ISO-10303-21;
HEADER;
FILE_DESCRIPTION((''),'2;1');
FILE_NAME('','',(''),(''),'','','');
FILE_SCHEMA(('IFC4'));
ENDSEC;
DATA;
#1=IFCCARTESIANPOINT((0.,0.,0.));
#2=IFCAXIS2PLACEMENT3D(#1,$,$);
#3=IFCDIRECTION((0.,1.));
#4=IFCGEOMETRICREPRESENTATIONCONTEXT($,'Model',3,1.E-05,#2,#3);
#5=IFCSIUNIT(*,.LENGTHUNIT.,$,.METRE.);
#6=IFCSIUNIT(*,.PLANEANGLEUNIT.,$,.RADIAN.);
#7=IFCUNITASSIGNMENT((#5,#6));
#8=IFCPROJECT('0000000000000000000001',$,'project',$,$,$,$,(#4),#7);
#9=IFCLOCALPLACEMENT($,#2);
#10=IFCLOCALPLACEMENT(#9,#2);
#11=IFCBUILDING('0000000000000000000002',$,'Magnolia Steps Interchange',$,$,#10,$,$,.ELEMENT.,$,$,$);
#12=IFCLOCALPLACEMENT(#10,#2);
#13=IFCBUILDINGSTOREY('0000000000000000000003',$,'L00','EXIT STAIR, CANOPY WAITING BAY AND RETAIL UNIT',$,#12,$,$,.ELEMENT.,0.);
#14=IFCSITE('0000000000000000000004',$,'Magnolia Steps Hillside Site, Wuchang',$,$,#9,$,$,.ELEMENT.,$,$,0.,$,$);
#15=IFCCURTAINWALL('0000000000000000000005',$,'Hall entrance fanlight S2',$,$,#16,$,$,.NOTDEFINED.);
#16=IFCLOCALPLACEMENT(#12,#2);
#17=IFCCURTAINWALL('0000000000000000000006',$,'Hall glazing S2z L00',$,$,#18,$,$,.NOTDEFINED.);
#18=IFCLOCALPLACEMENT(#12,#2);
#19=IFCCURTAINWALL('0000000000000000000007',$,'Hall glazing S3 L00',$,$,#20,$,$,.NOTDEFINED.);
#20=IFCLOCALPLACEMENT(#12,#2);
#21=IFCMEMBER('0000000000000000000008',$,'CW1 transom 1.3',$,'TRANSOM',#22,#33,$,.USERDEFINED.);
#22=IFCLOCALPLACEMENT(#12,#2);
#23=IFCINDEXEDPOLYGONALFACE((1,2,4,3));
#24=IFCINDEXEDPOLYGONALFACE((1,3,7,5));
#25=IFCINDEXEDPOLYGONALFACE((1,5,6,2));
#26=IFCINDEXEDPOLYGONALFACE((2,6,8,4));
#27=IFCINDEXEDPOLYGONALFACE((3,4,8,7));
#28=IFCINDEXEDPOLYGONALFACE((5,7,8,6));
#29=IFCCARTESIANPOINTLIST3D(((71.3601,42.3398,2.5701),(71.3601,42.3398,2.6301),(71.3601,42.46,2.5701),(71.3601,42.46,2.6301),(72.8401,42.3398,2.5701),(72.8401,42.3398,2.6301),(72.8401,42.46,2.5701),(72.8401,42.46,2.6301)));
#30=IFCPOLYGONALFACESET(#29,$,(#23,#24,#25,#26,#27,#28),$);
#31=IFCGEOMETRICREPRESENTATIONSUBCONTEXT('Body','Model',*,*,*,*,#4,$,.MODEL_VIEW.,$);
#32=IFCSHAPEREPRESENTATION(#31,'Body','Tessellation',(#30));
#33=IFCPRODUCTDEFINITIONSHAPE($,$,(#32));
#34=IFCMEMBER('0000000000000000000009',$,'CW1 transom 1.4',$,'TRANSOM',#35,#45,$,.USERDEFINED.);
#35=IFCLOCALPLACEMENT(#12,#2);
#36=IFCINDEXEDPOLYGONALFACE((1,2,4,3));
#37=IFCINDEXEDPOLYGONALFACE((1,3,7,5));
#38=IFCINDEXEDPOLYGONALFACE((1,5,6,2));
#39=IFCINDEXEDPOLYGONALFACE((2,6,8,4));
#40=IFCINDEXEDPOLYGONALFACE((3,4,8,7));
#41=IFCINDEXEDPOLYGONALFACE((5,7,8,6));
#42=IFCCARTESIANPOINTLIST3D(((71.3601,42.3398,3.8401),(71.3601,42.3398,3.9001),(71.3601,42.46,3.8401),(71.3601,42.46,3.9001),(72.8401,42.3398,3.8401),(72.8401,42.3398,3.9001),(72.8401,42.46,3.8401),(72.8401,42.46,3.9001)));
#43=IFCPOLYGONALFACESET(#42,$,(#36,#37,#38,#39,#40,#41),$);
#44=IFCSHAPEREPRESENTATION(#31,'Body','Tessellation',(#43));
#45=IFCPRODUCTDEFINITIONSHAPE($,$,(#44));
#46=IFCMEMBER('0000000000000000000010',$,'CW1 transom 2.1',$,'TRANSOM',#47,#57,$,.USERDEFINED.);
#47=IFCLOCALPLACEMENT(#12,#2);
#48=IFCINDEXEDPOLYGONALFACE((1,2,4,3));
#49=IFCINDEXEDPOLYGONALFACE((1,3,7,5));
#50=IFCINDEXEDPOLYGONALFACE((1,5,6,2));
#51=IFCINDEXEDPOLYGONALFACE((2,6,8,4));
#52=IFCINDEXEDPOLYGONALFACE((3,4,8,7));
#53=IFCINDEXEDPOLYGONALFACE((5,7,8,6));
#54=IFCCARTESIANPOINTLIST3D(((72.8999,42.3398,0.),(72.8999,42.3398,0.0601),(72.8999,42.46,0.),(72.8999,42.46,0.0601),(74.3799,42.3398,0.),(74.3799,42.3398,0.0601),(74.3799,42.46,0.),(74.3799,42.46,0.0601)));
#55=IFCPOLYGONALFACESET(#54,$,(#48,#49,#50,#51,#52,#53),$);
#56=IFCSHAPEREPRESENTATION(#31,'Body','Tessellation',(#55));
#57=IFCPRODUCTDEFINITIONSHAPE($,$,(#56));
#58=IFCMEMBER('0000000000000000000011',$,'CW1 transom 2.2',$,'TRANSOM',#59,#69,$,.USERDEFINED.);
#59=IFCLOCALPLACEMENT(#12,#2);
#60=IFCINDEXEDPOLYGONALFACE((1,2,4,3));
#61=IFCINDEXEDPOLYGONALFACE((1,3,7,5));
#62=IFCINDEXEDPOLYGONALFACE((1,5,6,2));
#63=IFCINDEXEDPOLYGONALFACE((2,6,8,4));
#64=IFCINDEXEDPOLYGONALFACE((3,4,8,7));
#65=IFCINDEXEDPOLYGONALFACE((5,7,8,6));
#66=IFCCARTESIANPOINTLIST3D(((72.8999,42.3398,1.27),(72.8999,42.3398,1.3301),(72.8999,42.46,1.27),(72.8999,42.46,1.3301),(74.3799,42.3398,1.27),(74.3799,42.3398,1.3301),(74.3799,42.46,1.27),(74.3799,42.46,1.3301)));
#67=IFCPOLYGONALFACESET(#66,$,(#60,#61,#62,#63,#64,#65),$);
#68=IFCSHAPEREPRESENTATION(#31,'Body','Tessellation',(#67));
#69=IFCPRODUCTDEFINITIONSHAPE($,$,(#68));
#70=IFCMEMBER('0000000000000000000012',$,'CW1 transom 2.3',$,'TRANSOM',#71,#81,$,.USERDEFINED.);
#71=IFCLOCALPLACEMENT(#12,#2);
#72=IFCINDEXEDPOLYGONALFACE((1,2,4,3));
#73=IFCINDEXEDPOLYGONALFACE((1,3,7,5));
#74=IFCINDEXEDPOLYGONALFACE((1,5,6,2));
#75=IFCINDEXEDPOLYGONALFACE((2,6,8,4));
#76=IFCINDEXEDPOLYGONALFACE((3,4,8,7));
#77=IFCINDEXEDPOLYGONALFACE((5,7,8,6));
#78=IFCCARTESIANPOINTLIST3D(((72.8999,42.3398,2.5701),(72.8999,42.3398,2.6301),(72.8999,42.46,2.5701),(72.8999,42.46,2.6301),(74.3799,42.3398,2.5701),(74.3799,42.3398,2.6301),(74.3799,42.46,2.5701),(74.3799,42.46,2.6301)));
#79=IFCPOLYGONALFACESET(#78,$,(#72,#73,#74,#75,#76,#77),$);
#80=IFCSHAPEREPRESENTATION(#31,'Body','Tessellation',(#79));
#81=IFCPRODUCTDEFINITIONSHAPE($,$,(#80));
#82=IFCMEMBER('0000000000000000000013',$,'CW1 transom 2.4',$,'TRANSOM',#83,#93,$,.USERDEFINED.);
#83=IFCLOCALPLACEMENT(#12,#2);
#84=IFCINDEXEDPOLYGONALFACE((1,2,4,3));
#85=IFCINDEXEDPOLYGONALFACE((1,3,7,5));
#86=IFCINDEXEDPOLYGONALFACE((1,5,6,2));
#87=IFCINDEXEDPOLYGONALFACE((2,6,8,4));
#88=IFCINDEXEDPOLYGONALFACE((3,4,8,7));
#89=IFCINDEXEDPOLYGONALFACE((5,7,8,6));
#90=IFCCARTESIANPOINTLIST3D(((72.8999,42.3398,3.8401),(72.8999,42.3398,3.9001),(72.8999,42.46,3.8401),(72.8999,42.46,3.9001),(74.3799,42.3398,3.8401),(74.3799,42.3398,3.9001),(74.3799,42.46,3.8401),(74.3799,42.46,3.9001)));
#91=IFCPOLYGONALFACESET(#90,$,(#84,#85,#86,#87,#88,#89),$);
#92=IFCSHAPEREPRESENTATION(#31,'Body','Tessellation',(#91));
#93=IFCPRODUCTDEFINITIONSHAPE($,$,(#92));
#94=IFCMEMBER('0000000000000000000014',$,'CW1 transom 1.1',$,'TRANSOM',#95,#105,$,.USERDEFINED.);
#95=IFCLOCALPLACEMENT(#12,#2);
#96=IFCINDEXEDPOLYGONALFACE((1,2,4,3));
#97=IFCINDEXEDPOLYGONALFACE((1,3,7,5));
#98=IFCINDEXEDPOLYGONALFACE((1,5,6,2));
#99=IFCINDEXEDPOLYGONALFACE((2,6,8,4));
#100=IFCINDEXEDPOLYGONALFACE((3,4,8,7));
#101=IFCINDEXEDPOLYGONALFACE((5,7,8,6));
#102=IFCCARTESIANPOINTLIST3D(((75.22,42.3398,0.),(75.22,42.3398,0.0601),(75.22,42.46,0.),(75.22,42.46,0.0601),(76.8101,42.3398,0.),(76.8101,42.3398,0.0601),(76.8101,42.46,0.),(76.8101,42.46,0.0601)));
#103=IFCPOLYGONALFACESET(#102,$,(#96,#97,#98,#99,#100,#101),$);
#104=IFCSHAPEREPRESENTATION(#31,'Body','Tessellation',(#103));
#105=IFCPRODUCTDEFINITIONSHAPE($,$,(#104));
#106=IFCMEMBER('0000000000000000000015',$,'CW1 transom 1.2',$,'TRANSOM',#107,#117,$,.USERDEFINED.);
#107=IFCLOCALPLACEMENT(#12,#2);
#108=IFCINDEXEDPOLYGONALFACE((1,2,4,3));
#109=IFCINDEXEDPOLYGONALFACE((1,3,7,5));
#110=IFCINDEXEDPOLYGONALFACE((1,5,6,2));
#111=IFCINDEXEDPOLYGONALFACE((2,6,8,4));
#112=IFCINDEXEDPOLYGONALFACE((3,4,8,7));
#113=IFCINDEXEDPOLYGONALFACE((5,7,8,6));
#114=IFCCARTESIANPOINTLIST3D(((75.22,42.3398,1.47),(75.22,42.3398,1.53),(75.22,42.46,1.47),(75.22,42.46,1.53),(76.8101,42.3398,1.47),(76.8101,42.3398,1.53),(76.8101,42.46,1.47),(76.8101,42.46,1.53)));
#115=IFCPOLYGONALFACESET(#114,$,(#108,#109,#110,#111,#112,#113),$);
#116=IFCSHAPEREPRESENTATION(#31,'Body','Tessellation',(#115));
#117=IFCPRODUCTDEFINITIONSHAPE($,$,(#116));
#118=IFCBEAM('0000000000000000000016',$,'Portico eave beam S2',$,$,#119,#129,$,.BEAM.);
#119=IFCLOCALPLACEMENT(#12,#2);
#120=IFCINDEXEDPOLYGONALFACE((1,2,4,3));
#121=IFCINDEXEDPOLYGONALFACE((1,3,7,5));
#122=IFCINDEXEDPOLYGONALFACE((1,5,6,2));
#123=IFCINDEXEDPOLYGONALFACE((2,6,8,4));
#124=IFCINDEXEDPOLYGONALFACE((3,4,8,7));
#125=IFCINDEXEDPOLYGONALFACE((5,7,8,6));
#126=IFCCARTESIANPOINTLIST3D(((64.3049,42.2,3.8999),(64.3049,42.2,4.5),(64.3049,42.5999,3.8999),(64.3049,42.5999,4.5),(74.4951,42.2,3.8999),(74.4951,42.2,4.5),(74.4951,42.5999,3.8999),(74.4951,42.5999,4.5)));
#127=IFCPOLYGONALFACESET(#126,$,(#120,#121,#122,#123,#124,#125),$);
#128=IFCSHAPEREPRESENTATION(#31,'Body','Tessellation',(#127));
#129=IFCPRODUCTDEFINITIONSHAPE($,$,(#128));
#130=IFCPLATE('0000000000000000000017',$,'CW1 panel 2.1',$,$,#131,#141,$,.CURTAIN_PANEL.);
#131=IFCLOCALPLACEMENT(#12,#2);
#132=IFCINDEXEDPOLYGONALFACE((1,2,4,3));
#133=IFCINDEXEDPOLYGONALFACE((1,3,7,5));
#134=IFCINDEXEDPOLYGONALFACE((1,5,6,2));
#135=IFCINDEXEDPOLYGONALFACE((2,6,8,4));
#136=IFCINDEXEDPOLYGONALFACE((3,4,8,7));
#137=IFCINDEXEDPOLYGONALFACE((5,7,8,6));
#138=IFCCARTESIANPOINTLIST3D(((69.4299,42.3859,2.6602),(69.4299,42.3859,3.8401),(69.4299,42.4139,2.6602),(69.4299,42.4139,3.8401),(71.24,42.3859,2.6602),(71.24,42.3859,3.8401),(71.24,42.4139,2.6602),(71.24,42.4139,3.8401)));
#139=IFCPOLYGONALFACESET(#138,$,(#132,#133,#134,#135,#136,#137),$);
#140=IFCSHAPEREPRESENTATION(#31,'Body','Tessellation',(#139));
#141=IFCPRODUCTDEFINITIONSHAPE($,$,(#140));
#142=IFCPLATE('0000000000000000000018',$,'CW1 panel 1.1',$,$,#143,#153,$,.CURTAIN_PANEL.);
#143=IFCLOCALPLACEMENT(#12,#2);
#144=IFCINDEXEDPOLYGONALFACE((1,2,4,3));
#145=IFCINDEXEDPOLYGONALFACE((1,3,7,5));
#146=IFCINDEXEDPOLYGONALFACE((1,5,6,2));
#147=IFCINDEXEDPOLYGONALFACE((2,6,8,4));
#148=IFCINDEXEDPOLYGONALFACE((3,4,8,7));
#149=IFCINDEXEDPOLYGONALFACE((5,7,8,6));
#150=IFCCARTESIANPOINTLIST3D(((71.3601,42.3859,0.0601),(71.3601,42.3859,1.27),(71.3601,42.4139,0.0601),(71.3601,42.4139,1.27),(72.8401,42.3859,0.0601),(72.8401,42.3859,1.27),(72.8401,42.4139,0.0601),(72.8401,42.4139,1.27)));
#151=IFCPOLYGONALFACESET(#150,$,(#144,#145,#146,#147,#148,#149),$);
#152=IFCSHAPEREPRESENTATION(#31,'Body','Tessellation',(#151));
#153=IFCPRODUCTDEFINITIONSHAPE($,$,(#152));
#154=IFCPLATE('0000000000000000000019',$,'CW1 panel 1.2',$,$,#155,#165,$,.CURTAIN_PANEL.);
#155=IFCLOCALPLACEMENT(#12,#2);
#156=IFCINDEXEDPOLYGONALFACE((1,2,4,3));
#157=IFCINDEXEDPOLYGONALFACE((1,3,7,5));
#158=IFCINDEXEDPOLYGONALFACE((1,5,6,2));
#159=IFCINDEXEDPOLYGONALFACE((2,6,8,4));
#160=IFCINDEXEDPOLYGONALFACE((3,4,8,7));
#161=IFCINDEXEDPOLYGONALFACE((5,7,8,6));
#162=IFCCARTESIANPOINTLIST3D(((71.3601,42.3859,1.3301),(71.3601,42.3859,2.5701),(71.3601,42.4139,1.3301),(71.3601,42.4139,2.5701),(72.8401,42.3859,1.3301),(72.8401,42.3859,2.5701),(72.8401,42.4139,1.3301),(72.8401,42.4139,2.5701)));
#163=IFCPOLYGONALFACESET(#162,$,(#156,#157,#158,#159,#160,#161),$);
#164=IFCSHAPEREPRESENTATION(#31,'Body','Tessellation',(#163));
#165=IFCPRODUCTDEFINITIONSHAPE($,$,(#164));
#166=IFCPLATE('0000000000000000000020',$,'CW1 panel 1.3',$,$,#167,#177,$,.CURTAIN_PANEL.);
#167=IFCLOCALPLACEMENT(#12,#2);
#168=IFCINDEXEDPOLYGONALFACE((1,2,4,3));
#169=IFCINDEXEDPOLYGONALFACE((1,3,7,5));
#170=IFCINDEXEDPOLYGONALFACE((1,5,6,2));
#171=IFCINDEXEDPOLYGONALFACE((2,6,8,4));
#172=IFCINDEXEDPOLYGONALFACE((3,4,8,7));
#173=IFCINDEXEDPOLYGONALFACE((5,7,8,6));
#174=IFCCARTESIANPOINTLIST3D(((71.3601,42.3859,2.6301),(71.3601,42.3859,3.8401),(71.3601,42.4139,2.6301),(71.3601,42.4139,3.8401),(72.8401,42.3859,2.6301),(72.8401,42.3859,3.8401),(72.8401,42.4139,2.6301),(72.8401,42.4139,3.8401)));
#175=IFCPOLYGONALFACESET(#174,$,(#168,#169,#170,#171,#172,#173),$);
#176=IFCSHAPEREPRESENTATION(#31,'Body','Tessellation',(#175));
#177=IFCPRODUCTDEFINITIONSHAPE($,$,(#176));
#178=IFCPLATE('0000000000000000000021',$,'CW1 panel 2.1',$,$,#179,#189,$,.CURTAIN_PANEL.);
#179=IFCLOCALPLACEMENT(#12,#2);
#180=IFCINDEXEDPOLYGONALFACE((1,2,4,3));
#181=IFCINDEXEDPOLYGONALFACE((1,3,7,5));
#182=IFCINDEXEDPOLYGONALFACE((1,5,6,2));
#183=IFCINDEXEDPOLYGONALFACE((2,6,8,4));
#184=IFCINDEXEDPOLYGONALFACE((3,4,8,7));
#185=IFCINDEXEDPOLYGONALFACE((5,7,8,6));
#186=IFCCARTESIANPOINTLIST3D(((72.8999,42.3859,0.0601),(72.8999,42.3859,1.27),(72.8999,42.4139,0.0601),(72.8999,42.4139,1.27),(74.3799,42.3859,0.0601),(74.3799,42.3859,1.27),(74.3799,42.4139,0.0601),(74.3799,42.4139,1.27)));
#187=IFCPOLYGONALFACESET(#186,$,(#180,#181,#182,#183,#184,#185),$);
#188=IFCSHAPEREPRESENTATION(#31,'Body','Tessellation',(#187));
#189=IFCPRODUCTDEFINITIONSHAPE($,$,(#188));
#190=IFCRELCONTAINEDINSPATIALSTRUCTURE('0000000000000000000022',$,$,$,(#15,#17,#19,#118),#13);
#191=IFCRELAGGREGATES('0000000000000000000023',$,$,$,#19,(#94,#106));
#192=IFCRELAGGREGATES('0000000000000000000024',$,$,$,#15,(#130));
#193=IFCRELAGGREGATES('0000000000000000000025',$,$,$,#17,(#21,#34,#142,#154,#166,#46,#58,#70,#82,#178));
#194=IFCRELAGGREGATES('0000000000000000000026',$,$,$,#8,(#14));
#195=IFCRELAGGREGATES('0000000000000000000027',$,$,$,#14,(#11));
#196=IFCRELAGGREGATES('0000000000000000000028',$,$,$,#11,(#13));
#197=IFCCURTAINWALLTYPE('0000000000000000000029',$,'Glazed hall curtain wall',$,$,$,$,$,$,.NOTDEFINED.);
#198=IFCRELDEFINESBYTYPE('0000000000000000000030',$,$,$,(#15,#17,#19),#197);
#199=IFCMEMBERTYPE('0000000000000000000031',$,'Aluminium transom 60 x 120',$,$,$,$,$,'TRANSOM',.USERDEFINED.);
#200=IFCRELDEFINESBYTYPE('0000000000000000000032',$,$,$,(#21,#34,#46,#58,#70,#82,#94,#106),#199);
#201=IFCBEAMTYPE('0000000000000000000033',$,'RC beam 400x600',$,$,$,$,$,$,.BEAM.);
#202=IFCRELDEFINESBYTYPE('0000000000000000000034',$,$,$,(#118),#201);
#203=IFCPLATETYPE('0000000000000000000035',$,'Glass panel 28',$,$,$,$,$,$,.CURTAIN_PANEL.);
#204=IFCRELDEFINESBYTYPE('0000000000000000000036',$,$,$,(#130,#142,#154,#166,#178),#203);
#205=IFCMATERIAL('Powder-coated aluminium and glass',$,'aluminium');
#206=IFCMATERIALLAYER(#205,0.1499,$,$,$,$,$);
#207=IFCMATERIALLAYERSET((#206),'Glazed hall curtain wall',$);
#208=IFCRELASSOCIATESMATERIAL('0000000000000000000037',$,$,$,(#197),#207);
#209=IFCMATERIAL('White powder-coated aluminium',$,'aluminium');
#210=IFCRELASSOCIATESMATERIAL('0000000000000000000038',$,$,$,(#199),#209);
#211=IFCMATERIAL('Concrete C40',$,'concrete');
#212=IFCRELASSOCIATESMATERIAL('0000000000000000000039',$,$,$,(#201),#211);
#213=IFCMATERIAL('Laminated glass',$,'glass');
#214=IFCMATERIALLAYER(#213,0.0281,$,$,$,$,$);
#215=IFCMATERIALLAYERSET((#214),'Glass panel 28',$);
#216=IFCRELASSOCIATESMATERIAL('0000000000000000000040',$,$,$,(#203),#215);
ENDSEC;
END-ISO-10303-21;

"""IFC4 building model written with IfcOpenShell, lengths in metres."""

from ifc_helpers import new_model, si_unit, direction, frame, origin, origin_2d, place, context, subcontext, project, spatial, rectangle, extrude, material, layer, layer_set, material_profile, profile_set, type_object, element, aggregate, save


model = new_model("IFC4")

# Units and contexts
model_context = context("Model", 3, precision=1e-05, world=origin(), true_north=direction((0.0, 1.0)))
body_context = subcontext(model_context, "Body", "Model", "MODEL_VIEW")
ifc_project = project(units=[si_unit("LENGTHUNIT", "METRE"), si_unit("PLANEANGLEUNIT", "RADIAN")], contexts=[model_context])

# Site, building, storey
site_placement = place(None, origin())
site = spatial("IfcSite", under=ifc_project, at=site_placement, Name="Magnolia Steps Hillside Site, Wuchang", CompositionType="ELEMENT", RefElevation=0.0)
building_placement = place(site_placement, origin())
building = spatial("IfcBuilding", under=site, at=building_placement, Name="Magnolia Steps Interchange", CompositionType="ELEMENT")
storey_placement = place(building_placement, origin())
storey = spatial("IfcBuildingStorey", under=building, at=storey_placement, Name="L00", Description="EXIT STAIR, CANOPY WAITING BAY AND RETAIL UNIT", CompositionType="ELEMENT", Elevation=0.0)

# Curtain wall
ifc_material_1 = material(Name="Powder-coated aluminium and glass", Category="aluminium")
ifc_layer_1 = layer(ifc_material_1, 0.1499)
ifc_layer_set_1 = layer_set([ifc_layer_1], Name="Glazed hall curtain wall")
curtain_wall_type = type_object("IfcCurtainWallType", Name="Glazed hall curtain wall", PredefinedType="NOTDEFINED", material=ifc_layer_set_1)
curtain_wall_1_placement = place(storey_placement, origin())
curtain_wall_1 = element("IfcCurtainWall", 1, at=curtain_wall_1_placement, inside=storey, type_object=curtain_wall_type, Name="Hall entrance fanlight S2", PredefinedType="NOTDEFINED")

# Curtain wall
curtain_wall_2_placement = place(storey_placement, origin())
curtain_wall_2 = element("IfcCurtainWall", 2, at=curtain_wall_2_placement, inside=storey, type_object=curtain_wall_type, Name="Hall glazing S2z L00", PredefinedType="NOTDEFINED")

# Curtain wall
curtain_wall_3_placement = place(storey_placement, origin())
curtain_wall_3 = element("IfcCurtainWall", 3, at=curtain_wall_3_placement, inside=storey, type_object=curtain_wall_type, Name="Hall glazing S3 L00", PredefinedType="NOTDEFINED")

# Members
ifc_material_2 = material(Name="White powder-coated aluminium", Category="aluminium")
ifc_material_profile_1 = material_profile(ifc_material_2, rectangle(XDim=0.0601, YDim=0.1201, at=origin_2d()), Name="Aluminium transom 60 x 120")
ifc_profile_set_1 = profile_set([ifc_material_profile_1], Name="White powder-coated aluminium")
member_type_1 = type_object("IfcMemberType", Name="Aluminium transom 60 x 120", ElementType="TRANSOM", PredefinedType="USERDEFINED", material=ifc_profile_set_1)
member_1_placement = place(storey_placement, frame((71.3601, 42.3999, 2.6001), z_axis=(1.0, 0.0, 0.0), x_axis=(0.0, 0.0, 1.0)))
member_1 = element("IfcMember", 4, at=member_1_placement, type_object=member_type_1, Name="CW1 transom 1.3", ObjectType="TRANSOM", PredefinedType="USERDEFINED", context=body_context, shape_type="SweptSolid", body=[
    extrude(rectangle(XDim=0.0601, YDim=0.1201, at=origin_2d()), origin(), (0.0, 0.0, 1.0), 1.48),
])
member_2_placement = place(storey_placement, frame((71.3601, 42.3999, 3.8701), z_axis=(1.0, 0.0, 0.0), x_axis=(0.0, 0.0, 1.0)))
member_2 = element("IfcMember", 5, at=member_2_placement, type_object=member_type_1, Name="CW1 transom 1.4", ObjectType="TRANSOM", PredefinedType="USERDEFINED", context=body_context, shape_type="SweptSolid", body=[
    extrude(rectangle(XDim=0.0601, YDim=0.1201, at=origin_2d()), origin(), (0.0, 0.0, 1.0), 1.48),
])
member_3_placement = place(storey_placement, frame((72.8999, 42.3999, 0.03), z_axis=(1.0, 0.0, 0.0), x_axis=(0.0, 0.0, 1.0)))
member_3 = element("IfcMember", 6, at=member_3_placement, type_object=member_type_1, Name="CW1 transom 2.1", ObjectType="TRANSOM", PredefinedType="USERDEFINED", context=body_context, shape_type="SweptSolid", body=[
    extrude(rectangle(XDim=0.0601, YDim=0.1201, at=origin_2d()), origin(), (0.0, 0.0, 1.0), 1.48),
])
member_4_placement = place(storey_placement, frame((72.8999, 42.3999, 1.3), z_axis=(1.0, 0.0, 0.0), x_axis=(0.0, 0.0, 1.0)))
member_4 = element("IfcMember", 7, at=member_4_placement, type_object=member_type_1, Name="CW1 transom 2.2", ObjectType="TRANSOM", PredefinedType="USERDEFINED", context=body_context, shape_type="SweptSolid", body=[
    extrude(rectangle(XDim=0.0601, YDim=0.1201, at=origin_2d()), origin(), (0.0, 0.0, 1.0), 1.48),
])
member_5_placement = place(storey_placement, frame((72.8999, 42.3999, 2.6001), z_axis=(1.0, 0.0, 0.0), x_axis=(0.0, 0.0, 1.0)))
member_5 = element("IfcMember", 8, at=member_5_placement, type_object=member_type_1, Name="CW1 transom 2.3", ObjectType="TRANSOM", PredefinedType="USERDEFINED", context=body_context, shape_type="SweptSolid", body=[
    extrude(rectangle(XDim=0.0601, YDim=0.1201, at=origin_2d()), origin(), (0.0, 0.0, 1.0), 1.48),
])
member_6_placement = place(storey_placement, frame((72.8999, 42.3999, 3.8701), z_axis=(1.0, 0.0, 0.0), x_axis=(0.0, 0.0, 1.0)))
member_6 = element("IfcMember", 9, at=member_6_placement, type_object=member_type_1, Name="CW1 transom 2.4", ObjectType="TRANSOM", PredefinedType="USERDEFINED", context=body_context, shape_type="SweptSolid", body=[
    extrude(rectangle(XDim=0.0601, YDim=0.1201, at=origin_2d()), origin(), (0.0, 0.0, 1.0), 1.48),
])
member_7_placement = place(storey_placement, frame((75.22, 42.3999, 0.03), z_axis=(1.0, 0.0, 0.0), x_axis=(0.0, 0.0, 1.0)))
member_7 = element("IfcMember", 10, at=member_7_placement, type_object=member_type_1, Name="CW1 transom 1.1", ObjectType="TRANSOM", PredefinedType="USERDEFINED", context=body_context, shape_type="SweptSolid", body=[
    extrude(rectangle(XDim=0.0601, YDim=0.1201, at=origin_2d()), origin(), (0.0, 0.0, 1.0), 1.5901),
])
member_8_placement = place(storey_placement, frame((75.22, 42.3999, 1.5), z_axis=(1.0, 0.0, 0.0), x_axis=(0.0, 0.0, 1.0)))
member_8 = element("IfcMember", 11, at=member_8_placement, type_object=member_type_1, Name="CW1 transom 1.2", ObjectType="TRANSOM", PredefinedType="USERDEFINED", context=body_context, shape_type="SweptSolid", body=[
    extrude(rectangle(XDim=0.0601, YDim=0.1201, at=origin_2d()), origin(), (0.0, 0.0, 1.0), 1.5901),
])
aggregate(curtain_wall_3, [member_7, member_8])

# Beam
ifc_material_3 = material(Name="Concrete C40", Category="concrete")
ifc_material_profile_2 = material_profile(ifc_material_3, rectangle(XDim=0.3999, YDim=0.6001, at=origin_2d()), Name="RC400x600")
ifc_profile_set_2 = profile_set([ifc_material_profile_2], Name="Concrete C40")
beam_type = type_object("IfcBeamType", Name="RC beam 400x600", PredefinedType="BEAM", material=ifc_profile_set_2)
beam_placement = place(storey_placement, frame((74.4951, 42.3999, 4.2), z_axis=(-1.0, 0.0, 0.0), x_axis=(0.0, -1.0, 0.0)))
element("IfcBeam", 12, at=beam_placement, inside=storey, type_object=beam_type, Name="Portico eave beam S2", PredefinedType="BEAM", context=body_context, shape_type="SweptSolid", body=[
    extrude(rectangle(XDim=0.3999, YDim=0.6001, at=origin_2d()), origin(), (0.0, 0.0, 1.0), 10.1902),
])

# Plates
ifc_material_4 = material(Name="Laminated glass", Category="glass")
ifc_layer_2 = layer(ifc_material_4, 0.0281)
ifc_layer_set_2 = layer_set([ifc_layer_2], Name="Glass panel 28")
plate_type = type_object("IfcPlateType", Name="Glass panel 28", PredefinedType="CURTAIN_PANEL", material=ifc_layer_set_2)
plate_1_placement = place(storey_placement, frame((70.335, 42.3999, 2.6602), z_axis=(0.0, 0.0, 1.0), x_axis=(1.0, 0.0, 0.0)))
plate_1 = element("IfcPlate", 13, at=plate_1_placement, type_object=plate_type, Name="CW1 panel 2.1", PredefinedType="CURTAIN_PANEL", context=body_context, shape_type="SweptSolid", body=[
    extrude(rectangle(XDim=1.8101, YDim=0.0281, at=origin_2d()), origin(), (0.0, 0.0, 1.0), 1.1799),
])
aggregate(curtain_wall_1, [plate_1])
plate_2_placement = place(storey_placement, frame((72.1001, 42.3999, 0.0601), z_axis=(0.0, 0.0, 1.0), x_axis=(1.0, 0.0, 0.0)))
plate_2 = element("IfcPlate", 14, at=plate_2_placement, type_object=plate_type, Name="CW1 panel 1.1", PredefinedType="CURTAIN_PANEL", context=body_context, shape_type="SweptSolid", body=[
    extrude(rectangle(XDim=1.48, YDim=0.0281, at=origin_2d()), origin(), (0.0, 0.0, 1.0), 1.21),
])
plate_3_placement = place(storey_placement, frame((72.1001, 42.3999, 1.3301), z_axis=(0.0, 0.0, 1.0), x_axis=(1.0, 0.0, 0.0)))
plate_3 = element("IfcPlate", 15, at=plate_3_placement, type_object=plate_type, Name="CW1 panel 1.2", PredefinedType="CURTAIN_PANEL", context=body_context, shape_type="SweptSolid", body=[
    extrude(rectangle(XDim=1.48, YDim=0.0281, at=origin_2d()), origin(), (0.0, 0.0, 1.0), 1.24),
])
plate_4_placement = place(storey_placement, frame((72.1001, 42.3999, 2.6301), z_axis=(0.0, 0.0, 1.0), x_axis=(1.0, 0.0, 0.0)))
plate_4 = element("IfcPlate", 16, at=plate_4_placement, type_object=plate_type, Name="CW1 panel 1.3", PredefinedType="CURTAIN_PANEL", context=body_context, shape_type="SweptSolid", body=[
    extrude(rectangle(XDim=1.48, YDim=0.0281, at=origin_2d()), origin(), (0.0, 0.0, 1.0), 1.21),
])
plate_5_placement = place(storey_placement, frame((73.6399, 42.3999, 0.0601), z_axis=(0.0, 0.0, 1.0), x_axis=(1.0, 0.0, 0.0)))
plate_5 = element("IfcPlate", 17, at=plate_5_placement, type_object=plate_type, Name="CW1 panel 2.1", PredefinedType="CURTAIN_PANEL", context=body_context, shape_type="SweptSolid", body=[
    extrude(rectangle(XDim=1.48, YDim=0.0281, at=origin_2d()), origin(), (0.0, 0.0, 1.0), 1.21),
])
aggregate(curtain_wall_2, [member_1, member_2, plate_2, plate_3, plate_4, member_3, member_4, member_5, member_6, plate_5])

save(model, "model.ifc")
